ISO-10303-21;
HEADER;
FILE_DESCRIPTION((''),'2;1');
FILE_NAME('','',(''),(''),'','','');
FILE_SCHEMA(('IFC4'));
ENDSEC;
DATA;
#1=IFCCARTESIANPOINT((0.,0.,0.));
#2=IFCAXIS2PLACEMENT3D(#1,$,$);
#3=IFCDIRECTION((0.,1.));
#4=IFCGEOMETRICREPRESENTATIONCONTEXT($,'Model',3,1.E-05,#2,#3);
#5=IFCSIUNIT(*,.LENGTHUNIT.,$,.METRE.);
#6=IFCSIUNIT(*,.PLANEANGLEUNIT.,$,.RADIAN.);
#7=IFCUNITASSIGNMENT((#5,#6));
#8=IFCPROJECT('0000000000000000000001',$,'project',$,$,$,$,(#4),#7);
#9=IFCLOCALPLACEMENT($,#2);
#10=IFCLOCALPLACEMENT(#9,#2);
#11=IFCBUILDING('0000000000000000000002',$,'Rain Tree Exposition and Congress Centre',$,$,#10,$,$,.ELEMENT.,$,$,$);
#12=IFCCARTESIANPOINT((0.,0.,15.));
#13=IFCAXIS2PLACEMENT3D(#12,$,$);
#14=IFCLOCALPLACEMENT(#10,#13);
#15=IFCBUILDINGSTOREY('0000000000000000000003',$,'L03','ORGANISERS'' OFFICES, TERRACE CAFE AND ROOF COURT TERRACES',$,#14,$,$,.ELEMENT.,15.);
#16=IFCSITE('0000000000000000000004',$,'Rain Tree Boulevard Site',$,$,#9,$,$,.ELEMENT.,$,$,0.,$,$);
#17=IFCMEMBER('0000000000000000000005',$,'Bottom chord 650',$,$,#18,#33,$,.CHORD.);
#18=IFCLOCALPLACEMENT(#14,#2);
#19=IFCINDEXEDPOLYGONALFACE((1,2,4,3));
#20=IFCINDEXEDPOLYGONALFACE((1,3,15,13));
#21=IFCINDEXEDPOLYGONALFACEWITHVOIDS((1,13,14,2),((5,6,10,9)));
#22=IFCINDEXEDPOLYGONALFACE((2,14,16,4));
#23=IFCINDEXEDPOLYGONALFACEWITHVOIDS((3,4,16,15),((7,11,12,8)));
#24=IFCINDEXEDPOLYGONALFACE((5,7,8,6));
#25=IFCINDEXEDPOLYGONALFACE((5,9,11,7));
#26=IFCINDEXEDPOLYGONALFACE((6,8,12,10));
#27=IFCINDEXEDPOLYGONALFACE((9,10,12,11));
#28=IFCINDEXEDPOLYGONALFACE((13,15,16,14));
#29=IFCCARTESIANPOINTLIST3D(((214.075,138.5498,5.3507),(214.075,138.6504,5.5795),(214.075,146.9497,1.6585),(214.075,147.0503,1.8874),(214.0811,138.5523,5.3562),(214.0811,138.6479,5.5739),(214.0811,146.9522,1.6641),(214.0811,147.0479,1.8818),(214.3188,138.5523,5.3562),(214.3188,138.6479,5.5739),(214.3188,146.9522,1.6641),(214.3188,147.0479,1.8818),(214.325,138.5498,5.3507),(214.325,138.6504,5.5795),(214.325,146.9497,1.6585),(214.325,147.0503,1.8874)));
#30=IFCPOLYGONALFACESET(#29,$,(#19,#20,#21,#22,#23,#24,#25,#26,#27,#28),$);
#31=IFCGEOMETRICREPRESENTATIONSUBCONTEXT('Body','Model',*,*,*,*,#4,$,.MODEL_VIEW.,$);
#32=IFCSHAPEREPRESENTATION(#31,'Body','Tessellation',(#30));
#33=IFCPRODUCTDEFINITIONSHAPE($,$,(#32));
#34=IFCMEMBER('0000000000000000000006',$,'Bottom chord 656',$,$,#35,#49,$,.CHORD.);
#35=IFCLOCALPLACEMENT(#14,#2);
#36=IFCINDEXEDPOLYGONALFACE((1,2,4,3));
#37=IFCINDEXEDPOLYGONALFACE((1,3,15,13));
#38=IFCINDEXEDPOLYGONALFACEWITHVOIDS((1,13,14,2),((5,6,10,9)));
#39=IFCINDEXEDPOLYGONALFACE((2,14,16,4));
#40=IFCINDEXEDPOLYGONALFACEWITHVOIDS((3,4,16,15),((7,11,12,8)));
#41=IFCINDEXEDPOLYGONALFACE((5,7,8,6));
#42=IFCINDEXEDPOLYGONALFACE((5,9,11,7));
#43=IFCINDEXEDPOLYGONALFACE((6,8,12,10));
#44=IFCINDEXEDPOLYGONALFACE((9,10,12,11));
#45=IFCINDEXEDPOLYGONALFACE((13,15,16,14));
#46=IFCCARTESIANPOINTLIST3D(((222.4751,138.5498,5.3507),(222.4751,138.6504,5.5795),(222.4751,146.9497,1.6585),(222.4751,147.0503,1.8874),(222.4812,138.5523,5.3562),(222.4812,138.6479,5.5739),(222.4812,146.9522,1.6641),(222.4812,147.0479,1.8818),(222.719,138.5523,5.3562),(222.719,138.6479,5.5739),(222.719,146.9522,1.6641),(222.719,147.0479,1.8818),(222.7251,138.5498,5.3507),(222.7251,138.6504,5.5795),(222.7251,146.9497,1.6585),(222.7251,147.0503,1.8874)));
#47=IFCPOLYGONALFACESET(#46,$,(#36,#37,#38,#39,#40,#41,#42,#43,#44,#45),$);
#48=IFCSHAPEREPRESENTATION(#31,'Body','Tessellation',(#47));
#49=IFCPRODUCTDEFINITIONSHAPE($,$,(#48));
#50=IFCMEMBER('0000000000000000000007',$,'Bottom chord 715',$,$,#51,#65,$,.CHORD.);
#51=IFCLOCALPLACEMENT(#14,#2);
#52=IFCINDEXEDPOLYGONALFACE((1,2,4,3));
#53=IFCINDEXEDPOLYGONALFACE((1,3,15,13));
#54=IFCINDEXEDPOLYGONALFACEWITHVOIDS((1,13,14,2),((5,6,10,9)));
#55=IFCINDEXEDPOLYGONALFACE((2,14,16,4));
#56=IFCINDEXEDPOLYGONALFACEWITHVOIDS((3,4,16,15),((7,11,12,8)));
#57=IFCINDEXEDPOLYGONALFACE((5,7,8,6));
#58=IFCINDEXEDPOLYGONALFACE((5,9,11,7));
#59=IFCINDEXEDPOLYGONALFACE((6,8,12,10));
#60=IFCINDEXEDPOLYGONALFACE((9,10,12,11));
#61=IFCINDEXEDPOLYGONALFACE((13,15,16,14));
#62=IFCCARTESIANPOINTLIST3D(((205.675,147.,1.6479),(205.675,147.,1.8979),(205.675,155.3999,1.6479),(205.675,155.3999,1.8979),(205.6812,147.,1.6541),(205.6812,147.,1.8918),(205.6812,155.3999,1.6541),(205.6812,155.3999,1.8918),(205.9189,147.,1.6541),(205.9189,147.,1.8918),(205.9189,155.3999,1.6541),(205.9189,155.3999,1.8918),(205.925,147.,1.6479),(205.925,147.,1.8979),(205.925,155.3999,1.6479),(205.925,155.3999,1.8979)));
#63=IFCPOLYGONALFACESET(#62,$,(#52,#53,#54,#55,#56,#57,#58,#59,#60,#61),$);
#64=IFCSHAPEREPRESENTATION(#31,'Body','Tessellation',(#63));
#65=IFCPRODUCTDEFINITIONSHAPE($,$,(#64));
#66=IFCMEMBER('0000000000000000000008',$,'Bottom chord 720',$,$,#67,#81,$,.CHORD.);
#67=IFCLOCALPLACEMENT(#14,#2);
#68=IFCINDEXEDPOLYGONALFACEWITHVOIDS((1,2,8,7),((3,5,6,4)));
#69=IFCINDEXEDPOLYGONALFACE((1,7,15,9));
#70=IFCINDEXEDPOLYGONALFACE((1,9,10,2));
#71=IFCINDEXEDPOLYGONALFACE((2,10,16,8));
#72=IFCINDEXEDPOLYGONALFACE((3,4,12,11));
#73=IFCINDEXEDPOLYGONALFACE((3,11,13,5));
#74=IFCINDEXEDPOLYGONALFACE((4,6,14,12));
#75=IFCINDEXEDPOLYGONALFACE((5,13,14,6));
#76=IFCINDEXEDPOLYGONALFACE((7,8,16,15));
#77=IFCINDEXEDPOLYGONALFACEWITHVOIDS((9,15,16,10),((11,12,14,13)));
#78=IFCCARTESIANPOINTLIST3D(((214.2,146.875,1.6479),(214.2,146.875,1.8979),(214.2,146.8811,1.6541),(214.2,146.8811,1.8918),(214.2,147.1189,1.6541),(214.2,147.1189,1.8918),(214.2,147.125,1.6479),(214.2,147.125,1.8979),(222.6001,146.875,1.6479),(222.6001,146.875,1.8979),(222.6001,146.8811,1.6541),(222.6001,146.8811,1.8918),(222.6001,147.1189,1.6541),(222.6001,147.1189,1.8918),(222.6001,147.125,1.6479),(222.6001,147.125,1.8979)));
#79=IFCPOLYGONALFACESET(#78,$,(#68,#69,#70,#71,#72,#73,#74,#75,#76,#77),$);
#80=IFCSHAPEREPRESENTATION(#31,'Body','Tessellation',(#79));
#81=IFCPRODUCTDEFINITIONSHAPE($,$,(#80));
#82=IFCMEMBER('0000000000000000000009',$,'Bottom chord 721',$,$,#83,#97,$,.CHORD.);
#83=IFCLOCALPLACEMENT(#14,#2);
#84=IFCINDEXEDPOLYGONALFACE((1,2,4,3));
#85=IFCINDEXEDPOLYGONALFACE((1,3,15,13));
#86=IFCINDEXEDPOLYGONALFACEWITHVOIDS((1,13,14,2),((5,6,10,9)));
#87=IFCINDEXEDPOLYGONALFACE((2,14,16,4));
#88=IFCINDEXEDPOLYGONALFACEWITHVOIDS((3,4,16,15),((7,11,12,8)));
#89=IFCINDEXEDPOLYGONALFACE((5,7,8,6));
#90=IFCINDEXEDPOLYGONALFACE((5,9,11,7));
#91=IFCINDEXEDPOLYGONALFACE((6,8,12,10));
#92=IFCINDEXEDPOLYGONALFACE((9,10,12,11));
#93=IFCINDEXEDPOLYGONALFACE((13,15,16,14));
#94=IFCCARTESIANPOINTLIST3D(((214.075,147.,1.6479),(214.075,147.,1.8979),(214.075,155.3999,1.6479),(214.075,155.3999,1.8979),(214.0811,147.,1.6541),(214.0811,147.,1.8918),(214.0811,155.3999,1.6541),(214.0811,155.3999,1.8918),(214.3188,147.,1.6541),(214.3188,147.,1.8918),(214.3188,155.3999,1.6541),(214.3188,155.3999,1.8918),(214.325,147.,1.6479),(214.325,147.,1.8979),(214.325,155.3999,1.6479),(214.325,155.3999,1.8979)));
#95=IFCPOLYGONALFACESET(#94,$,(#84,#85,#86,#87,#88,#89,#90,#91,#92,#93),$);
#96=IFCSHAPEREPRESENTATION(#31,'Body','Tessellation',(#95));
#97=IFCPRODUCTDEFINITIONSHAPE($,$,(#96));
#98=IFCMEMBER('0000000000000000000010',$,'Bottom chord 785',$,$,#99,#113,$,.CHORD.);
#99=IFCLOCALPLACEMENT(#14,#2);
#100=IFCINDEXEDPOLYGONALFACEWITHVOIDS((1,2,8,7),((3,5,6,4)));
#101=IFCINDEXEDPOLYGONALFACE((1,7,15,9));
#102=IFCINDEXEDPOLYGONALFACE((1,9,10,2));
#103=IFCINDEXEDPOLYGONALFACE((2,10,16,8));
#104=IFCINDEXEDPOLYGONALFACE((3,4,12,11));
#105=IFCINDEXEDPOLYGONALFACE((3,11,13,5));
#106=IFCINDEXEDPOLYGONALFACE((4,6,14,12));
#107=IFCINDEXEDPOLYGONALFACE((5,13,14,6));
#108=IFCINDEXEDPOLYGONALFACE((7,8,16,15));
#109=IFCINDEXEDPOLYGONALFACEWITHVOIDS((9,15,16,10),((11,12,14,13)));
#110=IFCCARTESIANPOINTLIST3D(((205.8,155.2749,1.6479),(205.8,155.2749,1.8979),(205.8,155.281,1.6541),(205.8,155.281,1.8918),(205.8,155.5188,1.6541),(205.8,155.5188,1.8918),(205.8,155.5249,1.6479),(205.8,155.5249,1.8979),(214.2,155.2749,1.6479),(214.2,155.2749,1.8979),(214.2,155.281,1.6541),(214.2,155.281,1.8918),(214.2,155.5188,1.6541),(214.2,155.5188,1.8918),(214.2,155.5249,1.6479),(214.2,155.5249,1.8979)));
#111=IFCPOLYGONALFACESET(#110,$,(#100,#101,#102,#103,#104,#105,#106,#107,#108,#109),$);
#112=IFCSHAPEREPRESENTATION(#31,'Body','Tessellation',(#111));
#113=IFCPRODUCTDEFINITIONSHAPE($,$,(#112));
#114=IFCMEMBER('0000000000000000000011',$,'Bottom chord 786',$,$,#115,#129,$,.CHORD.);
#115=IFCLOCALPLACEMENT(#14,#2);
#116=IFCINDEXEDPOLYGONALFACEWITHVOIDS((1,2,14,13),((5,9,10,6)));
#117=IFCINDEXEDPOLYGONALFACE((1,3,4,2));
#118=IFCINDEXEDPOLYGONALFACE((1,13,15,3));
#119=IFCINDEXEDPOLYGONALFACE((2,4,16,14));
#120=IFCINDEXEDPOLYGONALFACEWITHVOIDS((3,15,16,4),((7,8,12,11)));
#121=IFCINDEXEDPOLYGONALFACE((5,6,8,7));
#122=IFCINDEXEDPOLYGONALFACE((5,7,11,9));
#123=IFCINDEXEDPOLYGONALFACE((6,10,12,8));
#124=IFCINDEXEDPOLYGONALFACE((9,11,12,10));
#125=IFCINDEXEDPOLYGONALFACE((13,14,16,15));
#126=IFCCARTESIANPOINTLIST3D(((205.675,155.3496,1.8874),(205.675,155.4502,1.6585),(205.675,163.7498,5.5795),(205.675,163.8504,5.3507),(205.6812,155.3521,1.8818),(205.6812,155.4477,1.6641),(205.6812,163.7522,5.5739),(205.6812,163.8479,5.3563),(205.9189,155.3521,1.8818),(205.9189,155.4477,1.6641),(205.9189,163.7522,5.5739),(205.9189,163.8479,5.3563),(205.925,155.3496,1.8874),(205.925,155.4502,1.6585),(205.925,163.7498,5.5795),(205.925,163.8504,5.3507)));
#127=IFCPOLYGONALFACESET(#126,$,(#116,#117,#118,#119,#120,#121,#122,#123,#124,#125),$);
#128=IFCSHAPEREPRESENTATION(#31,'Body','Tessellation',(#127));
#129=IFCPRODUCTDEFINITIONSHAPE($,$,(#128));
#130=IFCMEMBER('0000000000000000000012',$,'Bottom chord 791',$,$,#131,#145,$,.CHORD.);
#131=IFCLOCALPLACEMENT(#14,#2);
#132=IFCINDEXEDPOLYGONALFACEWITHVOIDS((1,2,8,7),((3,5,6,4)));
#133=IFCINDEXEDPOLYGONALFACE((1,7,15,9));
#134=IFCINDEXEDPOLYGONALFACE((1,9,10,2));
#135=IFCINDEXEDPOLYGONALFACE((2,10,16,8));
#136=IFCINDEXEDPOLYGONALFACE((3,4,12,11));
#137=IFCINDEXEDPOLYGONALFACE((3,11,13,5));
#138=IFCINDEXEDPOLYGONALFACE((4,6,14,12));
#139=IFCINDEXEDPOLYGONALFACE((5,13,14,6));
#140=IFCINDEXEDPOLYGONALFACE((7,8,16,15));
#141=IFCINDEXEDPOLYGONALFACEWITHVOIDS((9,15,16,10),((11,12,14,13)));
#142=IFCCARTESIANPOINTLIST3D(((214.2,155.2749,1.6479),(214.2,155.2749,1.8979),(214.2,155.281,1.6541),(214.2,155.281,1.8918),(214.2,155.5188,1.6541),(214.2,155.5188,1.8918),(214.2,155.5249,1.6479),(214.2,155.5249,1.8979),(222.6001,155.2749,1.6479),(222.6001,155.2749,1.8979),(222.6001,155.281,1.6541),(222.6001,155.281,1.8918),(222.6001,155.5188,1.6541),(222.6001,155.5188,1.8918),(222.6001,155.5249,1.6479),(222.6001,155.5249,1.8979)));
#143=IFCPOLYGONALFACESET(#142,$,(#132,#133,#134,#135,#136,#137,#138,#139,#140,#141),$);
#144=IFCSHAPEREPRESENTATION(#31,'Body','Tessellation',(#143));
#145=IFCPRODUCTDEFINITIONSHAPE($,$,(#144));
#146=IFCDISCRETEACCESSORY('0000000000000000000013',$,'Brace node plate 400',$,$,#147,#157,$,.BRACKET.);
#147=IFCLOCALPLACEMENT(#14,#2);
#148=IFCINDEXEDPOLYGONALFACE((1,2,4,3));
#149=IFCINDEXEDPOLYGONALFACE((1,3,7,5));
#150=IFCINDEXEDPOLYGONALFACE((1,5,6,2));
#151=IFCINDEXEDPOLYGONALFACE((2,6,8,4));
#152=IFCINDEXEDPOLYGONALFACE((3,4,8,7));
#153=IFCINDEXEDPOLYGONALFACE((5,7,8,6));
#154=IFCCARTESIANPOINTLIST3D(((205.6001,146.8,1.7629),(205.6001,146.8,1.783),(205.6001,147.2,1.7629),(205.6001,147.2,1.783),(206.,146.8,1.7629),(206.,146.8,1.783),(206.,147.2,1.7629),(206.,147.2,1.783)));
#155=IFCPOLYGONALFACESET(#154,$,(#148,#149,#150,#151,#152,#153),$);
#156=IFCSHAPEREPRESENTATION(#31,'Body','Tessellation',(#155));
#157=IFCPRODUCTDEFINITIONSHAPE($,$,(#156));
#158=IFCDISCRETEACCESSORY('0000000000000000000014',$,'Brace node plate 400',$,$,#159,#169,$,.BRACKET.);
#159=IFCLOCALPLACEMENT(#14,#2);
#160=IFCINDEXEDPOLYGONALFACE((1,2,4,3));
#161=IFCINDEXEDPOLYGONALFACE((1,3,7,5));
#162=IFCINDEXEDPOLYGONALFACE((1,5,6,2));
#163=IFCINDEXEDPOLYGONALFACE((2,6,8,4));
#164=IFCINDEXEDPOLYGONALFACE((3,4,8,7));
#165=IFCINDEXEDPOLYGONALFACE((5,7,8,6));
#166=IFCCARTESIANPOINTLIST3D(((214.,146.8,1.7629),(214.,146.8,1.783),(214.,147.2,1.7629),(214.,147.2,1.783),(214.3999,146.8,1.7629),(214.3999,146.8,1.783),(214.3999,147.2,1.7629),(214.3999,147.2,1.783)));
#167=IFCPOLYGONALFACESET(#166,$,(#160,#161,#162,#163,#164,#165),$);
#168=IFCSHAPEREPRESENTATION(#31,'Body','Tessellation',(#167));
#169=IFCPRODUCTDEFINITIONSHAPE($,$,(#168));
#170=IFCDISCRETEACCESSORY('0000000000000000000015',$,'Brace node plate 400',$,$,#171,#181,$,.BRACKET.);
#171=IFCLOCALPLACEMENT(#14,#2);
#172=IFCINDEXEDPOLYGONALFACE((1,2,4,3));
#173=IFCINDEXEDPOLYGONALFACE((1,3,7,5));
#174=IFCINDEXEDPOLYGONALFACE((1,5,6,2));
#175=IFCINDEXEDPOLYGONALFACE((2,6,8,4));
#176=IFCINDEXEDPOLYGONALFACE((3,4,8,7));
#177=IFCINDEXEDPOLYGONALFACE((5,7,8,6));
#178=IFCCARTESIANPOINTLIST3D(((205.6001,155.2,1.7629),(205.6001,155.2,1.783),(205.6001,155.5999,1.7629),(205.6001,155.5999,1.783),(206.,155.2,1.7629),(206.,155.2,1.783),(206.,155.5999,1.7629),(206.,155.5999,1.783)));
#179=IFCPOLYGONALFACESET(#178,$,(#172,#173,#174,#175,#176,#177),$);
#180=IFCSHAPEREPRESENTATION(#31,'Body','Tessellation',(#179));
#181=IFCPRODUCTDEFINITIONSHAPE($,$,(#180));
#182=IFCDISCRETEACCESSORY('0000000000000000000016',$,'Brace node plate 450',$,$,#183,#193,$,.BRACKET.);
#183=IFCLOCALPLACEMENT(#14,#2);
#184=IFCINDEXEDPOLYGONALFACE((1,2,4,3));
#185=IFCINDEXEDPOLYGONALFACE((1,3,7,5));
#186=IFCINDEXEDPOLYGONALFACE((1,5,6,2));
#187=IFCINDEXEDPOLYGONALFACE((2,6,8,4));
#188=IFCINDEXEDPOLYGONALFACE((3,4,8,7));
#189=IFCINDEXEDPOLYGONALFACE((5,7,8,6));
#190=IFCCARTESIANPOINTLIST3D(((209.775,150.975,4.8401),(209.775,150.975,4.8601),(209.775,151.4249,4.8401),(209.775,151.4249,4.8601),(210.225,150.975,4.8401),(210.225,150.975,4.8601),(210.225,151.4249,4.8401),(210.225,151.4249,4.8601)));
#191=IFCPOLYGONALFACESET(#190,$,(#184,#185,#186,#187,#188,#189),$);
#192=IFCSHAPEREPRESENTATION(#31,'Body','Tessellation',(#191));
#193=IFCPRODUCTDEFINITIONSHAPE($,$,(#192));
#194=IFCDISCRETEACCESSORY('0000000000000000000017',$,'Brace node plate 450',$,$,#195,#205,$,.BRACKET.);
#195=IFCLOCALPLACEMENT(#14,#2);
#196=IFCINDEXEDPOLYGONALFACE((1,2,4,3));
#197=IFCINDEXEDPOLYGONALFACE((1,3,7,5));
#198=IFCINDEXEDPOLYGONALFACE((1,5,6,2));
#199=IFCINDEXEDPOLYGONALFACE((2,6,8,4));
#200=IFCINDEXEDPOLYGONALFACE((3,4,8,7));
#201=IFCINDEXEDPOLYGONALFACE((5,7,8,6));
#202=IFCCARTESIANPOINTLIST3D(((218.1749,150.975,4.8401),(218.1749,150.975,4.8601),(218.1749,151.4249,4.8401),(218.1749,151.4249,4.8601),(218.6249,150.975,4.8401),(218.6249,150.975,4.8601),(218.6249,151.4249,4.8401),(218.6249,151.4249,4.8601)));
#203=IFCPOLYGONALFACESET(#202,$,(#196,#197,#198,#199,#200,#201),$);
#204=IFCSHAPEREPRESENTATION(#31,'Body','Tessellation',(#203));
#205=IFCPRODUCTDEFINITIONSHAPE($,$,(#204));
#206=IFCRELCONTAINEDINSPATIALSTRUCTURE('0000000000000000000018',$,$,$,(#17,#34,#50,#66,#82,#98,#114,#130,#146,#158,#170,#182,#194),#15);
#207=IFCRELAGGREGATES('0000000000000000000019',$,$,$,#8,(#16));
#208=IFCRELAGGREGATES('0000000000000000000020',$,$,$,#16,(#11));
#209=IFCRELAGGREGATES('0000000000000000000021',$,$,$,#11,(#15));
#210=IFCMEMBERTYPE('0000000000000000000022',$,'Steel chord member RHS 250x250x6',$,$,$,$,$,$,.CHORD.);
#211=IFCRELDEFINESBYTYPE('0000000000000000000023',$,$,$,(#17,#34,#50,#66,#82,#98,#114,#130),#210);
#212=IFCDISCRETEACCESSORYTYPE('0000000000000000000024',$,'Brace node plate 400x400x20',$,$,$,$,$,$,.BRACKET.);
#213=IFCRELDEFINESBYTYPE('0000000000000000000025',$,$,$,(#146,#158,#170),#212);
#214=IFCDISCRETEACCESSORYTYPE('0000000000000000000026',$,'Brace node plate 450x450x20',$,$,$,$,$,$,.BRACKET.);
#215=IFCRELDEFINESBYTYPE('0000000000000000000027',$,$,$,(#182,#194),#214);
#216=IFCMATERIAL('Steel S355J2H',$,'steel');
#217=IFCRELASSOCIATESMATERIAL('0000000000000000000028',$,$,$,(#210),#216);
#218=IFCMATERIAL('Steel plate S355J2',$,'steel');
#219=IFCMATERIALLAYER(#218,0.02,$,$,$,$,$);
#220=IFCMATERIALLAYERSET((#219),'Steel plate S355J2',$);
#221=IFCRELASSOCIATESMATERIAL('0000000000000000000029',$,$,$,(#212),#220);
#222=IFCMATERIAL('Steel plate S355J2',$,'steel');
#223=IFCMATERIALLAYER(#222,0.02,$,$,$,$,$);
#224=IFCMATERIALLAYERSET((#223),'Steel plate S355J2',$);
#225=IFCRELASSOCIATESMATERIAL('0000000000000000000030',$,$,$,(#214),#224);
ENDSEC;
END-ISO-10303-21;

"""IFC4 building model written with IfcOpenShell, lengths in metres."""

from ifc_helpers import new_model, si_unit, direction, frame, origin, origin_2d, place, context, subcontext, project, spatial, rectangle, hollow_rectangle, extrude, material, layer, layer_set, material_profile, profile_set, type_object, element, save


model = new_model("IFC4")

# Units and contexts
model_context = context("Model", 3, precision=1e-05, world=origin(), true_north=direction((0.0, 1.0)))
body_context = subcontext(model_context, "Body", "Model", "MODEL_VIEW")
ifc_project = project(units=[si_unit("LENGTHUNIT", "METRE"), si_unit("PLANEANGLEUNIT", "RADIAN")], contexts=[model_context])

# Site, building, storey
site_placement = place(None, origin())
site = spatial("IfcSite", under=ifc_project, at=site_placement, Name="Rain Tree Boulevard Site", CompositionType="ELEMENT", RefElevation=0.0)
building_placement = place(site_placement, origin())
building = spatial("IfcBuilding", under=site, at=building_placement, Name="Rain Tree Exposition and Congress Centre", CompositionType="ELEMENT")
storey_placement = place(building_placement, frame((0.0, 0.0, 15.0)))
storey = spatial("IfcBuildingStorey", under=building, at=storey_placement, Name="L03", Description="ORGANISERS' OFFICES, TERRACE CAFE AND ROOF COURT TERRACES", CompositionType="ELEMENT", Elevation=15.0)

# Members
ifc_material_1 = material(Name="Steel S355J2H", Category="steel")
ifc_material_profile_1 = material_profile(ifc_material_1, hollow_rectangle(XDim=0.25, YDim=0.25, WallThickness=0.0061, at=origin_2d()), Name="RHS 250x250x6")
ifc_profile_set_1 = profile_set([ifc_material_profile_1], Name="Steel S355J2H")
member_type_1 = type_object("IfcMemberType", Name="Steel chord member RHS 250x250x6", PredefinedType="CHORD", material=ifc_profile_set_1)
for number, where, z_axis, x_axis, name in (
    (1, (214.2, 138.6001, 5.4651), (0.0, 0.915468, -0.40239), (-1.0, 0.0, 0.0), "Bottom chord 650"),
    (2, (222.6001, 138.6001, 5.4651), (0.0, 0.915468, -0.40239), (-1.0, 0.0, 0.0), "Bottom chord 656"),
):
    element("IfcMember", number, at=place(storey_placement, frame(where, z_axis=z_axis, x_axis=x_axis)), inside=storey, type_object=member_type_1, Name=name, PredefinedType="CHORD", context=body_context, shape_type="SweptSolid", body=[
        extrude(hollow_rectangle(XDim=0.25, YDim=0.25, WallThickness=0.0061, at=origin_2d()), origin(), (0.0, 0.0, 1.0), 9.1755),
    ])
member_1_placement = place(storey_placement, frame((205.8, 147.0, 1.7729), z_axis=(0.0, 1.0, 0.0), x_axis=(-1.0, 0.0, 0.0)))
element("IfcMember", 3, at=member_1_placement, inside=storey, type_object=member_type_1, Name="Bottom chord 715", PredefinedType="CHORD", context=body_context, shape_type="SweptSolid", body=[
    extrude(hollow_rectangle(XDim=0.25, YDim=0.25, WallThickness=0.0061, at=origin_2d()), origin(), (0.0, 0.0, 1.0), 8.3999),
])
member_2_placement = place(storey_placement, frame((214.2, 147.0, 1.7729), z_axis=(1.0, 0.0, 0.0), x_axis=(0.0, 1.0, 0.0)))
element("IfcMember", 4, at=member_2_placement, inside=storey, type_object=member_type_1, Name="Bottom chord 720", PredefinedType="CHORD", context=body_context, shape_type="SweptSolid", body=[
    extrude(hollow_rectangle(XDim=0.25, YDim=0.25, WallThickness=0.0061, at=origin_2d()), origin(), (0.0, 0.0, 1.0), 8.4001),
])
for number, where, z_axis, x_axis, name in (
    (5, (214.2, 147.0, 1.7729), (0.0, 1.0, 0.0), (-1.0, 0.0, 0.0), "Bottom chord 721"),
    (6, (205.8, 155.3999, 1.7729), (1.0, 0.0, 0.0), (0.0, 1.0, 0.0), "Bottom chord 785"),
):
    element("IfcMember", number, at=place(storey_placement, frame(where, z_axis=z_axis, x_axis=x_axis)), inside=storey, type_object=member_type_1, Name=name, PredefinedType="CHORD", context=body_context, shape_type="SweptSolid", body=[
        extrude(hollow_rectangle(XDim=0.25, YDim=0.25, WallThickness=0.0061, at=origin_2d()), origin(), (0.0, 0.0, 1.0), 8.3999),
    ])
member_3_placement = place(storey_placement, frame((205.8, 155.3999, 1.7729), z_axis=(0.0, 0.915473, 0.40238), x_axis=(-1.0, 0.0, 0.0)))
element("IfcMember", 7, at=member_3_placement, inside=storey, type_object=member_type_1, Name="Bottom chord 786", PredefinedType="CHORD", context=body_context, shape_type="SweptSolid", body=[
    extrude(hollow_rectangle(XDim=0.25, YDim=0.25, WallThickness=0.0061, at=origin_2d()), origin(), (0.0, 0.0, 1.0), 9.1758),
])
member_4_placement = place(storey_placement, frame((214.2, 155.3999, 1.7729), z_axis=(1.0, 0.0, 0.0), x_axis=(0.0, 1.0, 0.0)))
element("IfcMember", 8, at=member_4_placement, inside=storey, type_object=member_type_1, Name="Bottom chord 791", PredefinedType="CHORD", context=body_context, shape_type="SweptSolid", body=[
    extrude(hollow_rectangle(XDim=0.25, YDim=0.25, WallThickness=0.0061, at=origin_2d()), origin(), (0.0, 0.0, 1.0), 8.4001),
])

# Discrete accessories
ifc_material_2 = material(Name="Steel plate S355J2", Category="steel")
ifc_layer_1 = layer(ifc_material_2, 0.02)
ifc_layer_set_1 = layer_set([ifc_layer_1], Name="Steel plate S355J2")
discrete_accessory_type_1 = type_object("IfcDiscreteAccessoryType", Name="Brace node plate 400x400x20", PredefinedType="BRACKET", material=ifc_layer_set_1)
for number, where, z_axis, x_axis, name in (
    (9, (205.8, 147.0, 1.7629), (0.0, 0.0, 1.0), (1.0, 0.0, 0.0), "Brace node plate 400"),
    (10, (214.2, 147.0, 1.7629), (0.0, 0.0, 1.0), (1.0, 0.0, 0.0), "Brace node plate 400"),
    (11, (205.8, 155.3999, 1.7629), (0.0, 0.0, 1.0), (1.0, 0.0, 0.0), "Brace node plate 400"),
):
    element("IfcDiscreteAccessory", number, at=place(storey_placement, frame(where, z_axis=z_axis, x_axis=x_axis)), inside=storey, type_object=discrete_accessory_type_1, Name=name, PredefinedType="BRACKET", context=body_context, shape_type="SweptSolid", body=[
        extrude(rectangle(XDim=0.3999, YDim=0.3999, at=origin_2d()), origin(), (0.0, 0.0, 1.0), 0.02),
    ])
ifc_material_3 = material(Name="Steel plate S355J2", Category="steel")
ifc_layer_2 = layer(ifc_material_3, 0.02)
ifc_layer_set_2 = layer_set([ifc_layer_2], Name="Steel plate S355J2")
discrete_accessory_type_2 = type_object("IfcDiscreteAccessoryType", Name="Brace node plate 450x450x20", PredefinedType="BRACKET", material=ifc_layer_set_2)
for number, where, z_axis, x_axis, name in (
    (12, (210.0, 151.2, 4.8401), (0.0, 0.0, 1.0), (1.0, 0.0, 0.0), "Brace node plate 450"),
    (13, (218.3999, 151.2, 4.8401), (0.0, 0.0, 1.0), (1.0, 0.0, 0.0), "Brace node plate 450"),
):
    element("IfcDiscreteAccessory", number, at=place(storey_placement, frame(where, z_axis=z_axis, x_axis=x_axis)), inside=storey, type_object=discrete_accessory_type_2, Name=name, PredefinedType="BRACKET", context=body_context, shape_type="SweptSolid", body=[
        extrude(rectangle(XDim=0.45, YDim=0.45, at=origin_2d()), origin(), (0.0, 0.0, 1.0), 0.02),
    ])

save(model, "model.ifc")
